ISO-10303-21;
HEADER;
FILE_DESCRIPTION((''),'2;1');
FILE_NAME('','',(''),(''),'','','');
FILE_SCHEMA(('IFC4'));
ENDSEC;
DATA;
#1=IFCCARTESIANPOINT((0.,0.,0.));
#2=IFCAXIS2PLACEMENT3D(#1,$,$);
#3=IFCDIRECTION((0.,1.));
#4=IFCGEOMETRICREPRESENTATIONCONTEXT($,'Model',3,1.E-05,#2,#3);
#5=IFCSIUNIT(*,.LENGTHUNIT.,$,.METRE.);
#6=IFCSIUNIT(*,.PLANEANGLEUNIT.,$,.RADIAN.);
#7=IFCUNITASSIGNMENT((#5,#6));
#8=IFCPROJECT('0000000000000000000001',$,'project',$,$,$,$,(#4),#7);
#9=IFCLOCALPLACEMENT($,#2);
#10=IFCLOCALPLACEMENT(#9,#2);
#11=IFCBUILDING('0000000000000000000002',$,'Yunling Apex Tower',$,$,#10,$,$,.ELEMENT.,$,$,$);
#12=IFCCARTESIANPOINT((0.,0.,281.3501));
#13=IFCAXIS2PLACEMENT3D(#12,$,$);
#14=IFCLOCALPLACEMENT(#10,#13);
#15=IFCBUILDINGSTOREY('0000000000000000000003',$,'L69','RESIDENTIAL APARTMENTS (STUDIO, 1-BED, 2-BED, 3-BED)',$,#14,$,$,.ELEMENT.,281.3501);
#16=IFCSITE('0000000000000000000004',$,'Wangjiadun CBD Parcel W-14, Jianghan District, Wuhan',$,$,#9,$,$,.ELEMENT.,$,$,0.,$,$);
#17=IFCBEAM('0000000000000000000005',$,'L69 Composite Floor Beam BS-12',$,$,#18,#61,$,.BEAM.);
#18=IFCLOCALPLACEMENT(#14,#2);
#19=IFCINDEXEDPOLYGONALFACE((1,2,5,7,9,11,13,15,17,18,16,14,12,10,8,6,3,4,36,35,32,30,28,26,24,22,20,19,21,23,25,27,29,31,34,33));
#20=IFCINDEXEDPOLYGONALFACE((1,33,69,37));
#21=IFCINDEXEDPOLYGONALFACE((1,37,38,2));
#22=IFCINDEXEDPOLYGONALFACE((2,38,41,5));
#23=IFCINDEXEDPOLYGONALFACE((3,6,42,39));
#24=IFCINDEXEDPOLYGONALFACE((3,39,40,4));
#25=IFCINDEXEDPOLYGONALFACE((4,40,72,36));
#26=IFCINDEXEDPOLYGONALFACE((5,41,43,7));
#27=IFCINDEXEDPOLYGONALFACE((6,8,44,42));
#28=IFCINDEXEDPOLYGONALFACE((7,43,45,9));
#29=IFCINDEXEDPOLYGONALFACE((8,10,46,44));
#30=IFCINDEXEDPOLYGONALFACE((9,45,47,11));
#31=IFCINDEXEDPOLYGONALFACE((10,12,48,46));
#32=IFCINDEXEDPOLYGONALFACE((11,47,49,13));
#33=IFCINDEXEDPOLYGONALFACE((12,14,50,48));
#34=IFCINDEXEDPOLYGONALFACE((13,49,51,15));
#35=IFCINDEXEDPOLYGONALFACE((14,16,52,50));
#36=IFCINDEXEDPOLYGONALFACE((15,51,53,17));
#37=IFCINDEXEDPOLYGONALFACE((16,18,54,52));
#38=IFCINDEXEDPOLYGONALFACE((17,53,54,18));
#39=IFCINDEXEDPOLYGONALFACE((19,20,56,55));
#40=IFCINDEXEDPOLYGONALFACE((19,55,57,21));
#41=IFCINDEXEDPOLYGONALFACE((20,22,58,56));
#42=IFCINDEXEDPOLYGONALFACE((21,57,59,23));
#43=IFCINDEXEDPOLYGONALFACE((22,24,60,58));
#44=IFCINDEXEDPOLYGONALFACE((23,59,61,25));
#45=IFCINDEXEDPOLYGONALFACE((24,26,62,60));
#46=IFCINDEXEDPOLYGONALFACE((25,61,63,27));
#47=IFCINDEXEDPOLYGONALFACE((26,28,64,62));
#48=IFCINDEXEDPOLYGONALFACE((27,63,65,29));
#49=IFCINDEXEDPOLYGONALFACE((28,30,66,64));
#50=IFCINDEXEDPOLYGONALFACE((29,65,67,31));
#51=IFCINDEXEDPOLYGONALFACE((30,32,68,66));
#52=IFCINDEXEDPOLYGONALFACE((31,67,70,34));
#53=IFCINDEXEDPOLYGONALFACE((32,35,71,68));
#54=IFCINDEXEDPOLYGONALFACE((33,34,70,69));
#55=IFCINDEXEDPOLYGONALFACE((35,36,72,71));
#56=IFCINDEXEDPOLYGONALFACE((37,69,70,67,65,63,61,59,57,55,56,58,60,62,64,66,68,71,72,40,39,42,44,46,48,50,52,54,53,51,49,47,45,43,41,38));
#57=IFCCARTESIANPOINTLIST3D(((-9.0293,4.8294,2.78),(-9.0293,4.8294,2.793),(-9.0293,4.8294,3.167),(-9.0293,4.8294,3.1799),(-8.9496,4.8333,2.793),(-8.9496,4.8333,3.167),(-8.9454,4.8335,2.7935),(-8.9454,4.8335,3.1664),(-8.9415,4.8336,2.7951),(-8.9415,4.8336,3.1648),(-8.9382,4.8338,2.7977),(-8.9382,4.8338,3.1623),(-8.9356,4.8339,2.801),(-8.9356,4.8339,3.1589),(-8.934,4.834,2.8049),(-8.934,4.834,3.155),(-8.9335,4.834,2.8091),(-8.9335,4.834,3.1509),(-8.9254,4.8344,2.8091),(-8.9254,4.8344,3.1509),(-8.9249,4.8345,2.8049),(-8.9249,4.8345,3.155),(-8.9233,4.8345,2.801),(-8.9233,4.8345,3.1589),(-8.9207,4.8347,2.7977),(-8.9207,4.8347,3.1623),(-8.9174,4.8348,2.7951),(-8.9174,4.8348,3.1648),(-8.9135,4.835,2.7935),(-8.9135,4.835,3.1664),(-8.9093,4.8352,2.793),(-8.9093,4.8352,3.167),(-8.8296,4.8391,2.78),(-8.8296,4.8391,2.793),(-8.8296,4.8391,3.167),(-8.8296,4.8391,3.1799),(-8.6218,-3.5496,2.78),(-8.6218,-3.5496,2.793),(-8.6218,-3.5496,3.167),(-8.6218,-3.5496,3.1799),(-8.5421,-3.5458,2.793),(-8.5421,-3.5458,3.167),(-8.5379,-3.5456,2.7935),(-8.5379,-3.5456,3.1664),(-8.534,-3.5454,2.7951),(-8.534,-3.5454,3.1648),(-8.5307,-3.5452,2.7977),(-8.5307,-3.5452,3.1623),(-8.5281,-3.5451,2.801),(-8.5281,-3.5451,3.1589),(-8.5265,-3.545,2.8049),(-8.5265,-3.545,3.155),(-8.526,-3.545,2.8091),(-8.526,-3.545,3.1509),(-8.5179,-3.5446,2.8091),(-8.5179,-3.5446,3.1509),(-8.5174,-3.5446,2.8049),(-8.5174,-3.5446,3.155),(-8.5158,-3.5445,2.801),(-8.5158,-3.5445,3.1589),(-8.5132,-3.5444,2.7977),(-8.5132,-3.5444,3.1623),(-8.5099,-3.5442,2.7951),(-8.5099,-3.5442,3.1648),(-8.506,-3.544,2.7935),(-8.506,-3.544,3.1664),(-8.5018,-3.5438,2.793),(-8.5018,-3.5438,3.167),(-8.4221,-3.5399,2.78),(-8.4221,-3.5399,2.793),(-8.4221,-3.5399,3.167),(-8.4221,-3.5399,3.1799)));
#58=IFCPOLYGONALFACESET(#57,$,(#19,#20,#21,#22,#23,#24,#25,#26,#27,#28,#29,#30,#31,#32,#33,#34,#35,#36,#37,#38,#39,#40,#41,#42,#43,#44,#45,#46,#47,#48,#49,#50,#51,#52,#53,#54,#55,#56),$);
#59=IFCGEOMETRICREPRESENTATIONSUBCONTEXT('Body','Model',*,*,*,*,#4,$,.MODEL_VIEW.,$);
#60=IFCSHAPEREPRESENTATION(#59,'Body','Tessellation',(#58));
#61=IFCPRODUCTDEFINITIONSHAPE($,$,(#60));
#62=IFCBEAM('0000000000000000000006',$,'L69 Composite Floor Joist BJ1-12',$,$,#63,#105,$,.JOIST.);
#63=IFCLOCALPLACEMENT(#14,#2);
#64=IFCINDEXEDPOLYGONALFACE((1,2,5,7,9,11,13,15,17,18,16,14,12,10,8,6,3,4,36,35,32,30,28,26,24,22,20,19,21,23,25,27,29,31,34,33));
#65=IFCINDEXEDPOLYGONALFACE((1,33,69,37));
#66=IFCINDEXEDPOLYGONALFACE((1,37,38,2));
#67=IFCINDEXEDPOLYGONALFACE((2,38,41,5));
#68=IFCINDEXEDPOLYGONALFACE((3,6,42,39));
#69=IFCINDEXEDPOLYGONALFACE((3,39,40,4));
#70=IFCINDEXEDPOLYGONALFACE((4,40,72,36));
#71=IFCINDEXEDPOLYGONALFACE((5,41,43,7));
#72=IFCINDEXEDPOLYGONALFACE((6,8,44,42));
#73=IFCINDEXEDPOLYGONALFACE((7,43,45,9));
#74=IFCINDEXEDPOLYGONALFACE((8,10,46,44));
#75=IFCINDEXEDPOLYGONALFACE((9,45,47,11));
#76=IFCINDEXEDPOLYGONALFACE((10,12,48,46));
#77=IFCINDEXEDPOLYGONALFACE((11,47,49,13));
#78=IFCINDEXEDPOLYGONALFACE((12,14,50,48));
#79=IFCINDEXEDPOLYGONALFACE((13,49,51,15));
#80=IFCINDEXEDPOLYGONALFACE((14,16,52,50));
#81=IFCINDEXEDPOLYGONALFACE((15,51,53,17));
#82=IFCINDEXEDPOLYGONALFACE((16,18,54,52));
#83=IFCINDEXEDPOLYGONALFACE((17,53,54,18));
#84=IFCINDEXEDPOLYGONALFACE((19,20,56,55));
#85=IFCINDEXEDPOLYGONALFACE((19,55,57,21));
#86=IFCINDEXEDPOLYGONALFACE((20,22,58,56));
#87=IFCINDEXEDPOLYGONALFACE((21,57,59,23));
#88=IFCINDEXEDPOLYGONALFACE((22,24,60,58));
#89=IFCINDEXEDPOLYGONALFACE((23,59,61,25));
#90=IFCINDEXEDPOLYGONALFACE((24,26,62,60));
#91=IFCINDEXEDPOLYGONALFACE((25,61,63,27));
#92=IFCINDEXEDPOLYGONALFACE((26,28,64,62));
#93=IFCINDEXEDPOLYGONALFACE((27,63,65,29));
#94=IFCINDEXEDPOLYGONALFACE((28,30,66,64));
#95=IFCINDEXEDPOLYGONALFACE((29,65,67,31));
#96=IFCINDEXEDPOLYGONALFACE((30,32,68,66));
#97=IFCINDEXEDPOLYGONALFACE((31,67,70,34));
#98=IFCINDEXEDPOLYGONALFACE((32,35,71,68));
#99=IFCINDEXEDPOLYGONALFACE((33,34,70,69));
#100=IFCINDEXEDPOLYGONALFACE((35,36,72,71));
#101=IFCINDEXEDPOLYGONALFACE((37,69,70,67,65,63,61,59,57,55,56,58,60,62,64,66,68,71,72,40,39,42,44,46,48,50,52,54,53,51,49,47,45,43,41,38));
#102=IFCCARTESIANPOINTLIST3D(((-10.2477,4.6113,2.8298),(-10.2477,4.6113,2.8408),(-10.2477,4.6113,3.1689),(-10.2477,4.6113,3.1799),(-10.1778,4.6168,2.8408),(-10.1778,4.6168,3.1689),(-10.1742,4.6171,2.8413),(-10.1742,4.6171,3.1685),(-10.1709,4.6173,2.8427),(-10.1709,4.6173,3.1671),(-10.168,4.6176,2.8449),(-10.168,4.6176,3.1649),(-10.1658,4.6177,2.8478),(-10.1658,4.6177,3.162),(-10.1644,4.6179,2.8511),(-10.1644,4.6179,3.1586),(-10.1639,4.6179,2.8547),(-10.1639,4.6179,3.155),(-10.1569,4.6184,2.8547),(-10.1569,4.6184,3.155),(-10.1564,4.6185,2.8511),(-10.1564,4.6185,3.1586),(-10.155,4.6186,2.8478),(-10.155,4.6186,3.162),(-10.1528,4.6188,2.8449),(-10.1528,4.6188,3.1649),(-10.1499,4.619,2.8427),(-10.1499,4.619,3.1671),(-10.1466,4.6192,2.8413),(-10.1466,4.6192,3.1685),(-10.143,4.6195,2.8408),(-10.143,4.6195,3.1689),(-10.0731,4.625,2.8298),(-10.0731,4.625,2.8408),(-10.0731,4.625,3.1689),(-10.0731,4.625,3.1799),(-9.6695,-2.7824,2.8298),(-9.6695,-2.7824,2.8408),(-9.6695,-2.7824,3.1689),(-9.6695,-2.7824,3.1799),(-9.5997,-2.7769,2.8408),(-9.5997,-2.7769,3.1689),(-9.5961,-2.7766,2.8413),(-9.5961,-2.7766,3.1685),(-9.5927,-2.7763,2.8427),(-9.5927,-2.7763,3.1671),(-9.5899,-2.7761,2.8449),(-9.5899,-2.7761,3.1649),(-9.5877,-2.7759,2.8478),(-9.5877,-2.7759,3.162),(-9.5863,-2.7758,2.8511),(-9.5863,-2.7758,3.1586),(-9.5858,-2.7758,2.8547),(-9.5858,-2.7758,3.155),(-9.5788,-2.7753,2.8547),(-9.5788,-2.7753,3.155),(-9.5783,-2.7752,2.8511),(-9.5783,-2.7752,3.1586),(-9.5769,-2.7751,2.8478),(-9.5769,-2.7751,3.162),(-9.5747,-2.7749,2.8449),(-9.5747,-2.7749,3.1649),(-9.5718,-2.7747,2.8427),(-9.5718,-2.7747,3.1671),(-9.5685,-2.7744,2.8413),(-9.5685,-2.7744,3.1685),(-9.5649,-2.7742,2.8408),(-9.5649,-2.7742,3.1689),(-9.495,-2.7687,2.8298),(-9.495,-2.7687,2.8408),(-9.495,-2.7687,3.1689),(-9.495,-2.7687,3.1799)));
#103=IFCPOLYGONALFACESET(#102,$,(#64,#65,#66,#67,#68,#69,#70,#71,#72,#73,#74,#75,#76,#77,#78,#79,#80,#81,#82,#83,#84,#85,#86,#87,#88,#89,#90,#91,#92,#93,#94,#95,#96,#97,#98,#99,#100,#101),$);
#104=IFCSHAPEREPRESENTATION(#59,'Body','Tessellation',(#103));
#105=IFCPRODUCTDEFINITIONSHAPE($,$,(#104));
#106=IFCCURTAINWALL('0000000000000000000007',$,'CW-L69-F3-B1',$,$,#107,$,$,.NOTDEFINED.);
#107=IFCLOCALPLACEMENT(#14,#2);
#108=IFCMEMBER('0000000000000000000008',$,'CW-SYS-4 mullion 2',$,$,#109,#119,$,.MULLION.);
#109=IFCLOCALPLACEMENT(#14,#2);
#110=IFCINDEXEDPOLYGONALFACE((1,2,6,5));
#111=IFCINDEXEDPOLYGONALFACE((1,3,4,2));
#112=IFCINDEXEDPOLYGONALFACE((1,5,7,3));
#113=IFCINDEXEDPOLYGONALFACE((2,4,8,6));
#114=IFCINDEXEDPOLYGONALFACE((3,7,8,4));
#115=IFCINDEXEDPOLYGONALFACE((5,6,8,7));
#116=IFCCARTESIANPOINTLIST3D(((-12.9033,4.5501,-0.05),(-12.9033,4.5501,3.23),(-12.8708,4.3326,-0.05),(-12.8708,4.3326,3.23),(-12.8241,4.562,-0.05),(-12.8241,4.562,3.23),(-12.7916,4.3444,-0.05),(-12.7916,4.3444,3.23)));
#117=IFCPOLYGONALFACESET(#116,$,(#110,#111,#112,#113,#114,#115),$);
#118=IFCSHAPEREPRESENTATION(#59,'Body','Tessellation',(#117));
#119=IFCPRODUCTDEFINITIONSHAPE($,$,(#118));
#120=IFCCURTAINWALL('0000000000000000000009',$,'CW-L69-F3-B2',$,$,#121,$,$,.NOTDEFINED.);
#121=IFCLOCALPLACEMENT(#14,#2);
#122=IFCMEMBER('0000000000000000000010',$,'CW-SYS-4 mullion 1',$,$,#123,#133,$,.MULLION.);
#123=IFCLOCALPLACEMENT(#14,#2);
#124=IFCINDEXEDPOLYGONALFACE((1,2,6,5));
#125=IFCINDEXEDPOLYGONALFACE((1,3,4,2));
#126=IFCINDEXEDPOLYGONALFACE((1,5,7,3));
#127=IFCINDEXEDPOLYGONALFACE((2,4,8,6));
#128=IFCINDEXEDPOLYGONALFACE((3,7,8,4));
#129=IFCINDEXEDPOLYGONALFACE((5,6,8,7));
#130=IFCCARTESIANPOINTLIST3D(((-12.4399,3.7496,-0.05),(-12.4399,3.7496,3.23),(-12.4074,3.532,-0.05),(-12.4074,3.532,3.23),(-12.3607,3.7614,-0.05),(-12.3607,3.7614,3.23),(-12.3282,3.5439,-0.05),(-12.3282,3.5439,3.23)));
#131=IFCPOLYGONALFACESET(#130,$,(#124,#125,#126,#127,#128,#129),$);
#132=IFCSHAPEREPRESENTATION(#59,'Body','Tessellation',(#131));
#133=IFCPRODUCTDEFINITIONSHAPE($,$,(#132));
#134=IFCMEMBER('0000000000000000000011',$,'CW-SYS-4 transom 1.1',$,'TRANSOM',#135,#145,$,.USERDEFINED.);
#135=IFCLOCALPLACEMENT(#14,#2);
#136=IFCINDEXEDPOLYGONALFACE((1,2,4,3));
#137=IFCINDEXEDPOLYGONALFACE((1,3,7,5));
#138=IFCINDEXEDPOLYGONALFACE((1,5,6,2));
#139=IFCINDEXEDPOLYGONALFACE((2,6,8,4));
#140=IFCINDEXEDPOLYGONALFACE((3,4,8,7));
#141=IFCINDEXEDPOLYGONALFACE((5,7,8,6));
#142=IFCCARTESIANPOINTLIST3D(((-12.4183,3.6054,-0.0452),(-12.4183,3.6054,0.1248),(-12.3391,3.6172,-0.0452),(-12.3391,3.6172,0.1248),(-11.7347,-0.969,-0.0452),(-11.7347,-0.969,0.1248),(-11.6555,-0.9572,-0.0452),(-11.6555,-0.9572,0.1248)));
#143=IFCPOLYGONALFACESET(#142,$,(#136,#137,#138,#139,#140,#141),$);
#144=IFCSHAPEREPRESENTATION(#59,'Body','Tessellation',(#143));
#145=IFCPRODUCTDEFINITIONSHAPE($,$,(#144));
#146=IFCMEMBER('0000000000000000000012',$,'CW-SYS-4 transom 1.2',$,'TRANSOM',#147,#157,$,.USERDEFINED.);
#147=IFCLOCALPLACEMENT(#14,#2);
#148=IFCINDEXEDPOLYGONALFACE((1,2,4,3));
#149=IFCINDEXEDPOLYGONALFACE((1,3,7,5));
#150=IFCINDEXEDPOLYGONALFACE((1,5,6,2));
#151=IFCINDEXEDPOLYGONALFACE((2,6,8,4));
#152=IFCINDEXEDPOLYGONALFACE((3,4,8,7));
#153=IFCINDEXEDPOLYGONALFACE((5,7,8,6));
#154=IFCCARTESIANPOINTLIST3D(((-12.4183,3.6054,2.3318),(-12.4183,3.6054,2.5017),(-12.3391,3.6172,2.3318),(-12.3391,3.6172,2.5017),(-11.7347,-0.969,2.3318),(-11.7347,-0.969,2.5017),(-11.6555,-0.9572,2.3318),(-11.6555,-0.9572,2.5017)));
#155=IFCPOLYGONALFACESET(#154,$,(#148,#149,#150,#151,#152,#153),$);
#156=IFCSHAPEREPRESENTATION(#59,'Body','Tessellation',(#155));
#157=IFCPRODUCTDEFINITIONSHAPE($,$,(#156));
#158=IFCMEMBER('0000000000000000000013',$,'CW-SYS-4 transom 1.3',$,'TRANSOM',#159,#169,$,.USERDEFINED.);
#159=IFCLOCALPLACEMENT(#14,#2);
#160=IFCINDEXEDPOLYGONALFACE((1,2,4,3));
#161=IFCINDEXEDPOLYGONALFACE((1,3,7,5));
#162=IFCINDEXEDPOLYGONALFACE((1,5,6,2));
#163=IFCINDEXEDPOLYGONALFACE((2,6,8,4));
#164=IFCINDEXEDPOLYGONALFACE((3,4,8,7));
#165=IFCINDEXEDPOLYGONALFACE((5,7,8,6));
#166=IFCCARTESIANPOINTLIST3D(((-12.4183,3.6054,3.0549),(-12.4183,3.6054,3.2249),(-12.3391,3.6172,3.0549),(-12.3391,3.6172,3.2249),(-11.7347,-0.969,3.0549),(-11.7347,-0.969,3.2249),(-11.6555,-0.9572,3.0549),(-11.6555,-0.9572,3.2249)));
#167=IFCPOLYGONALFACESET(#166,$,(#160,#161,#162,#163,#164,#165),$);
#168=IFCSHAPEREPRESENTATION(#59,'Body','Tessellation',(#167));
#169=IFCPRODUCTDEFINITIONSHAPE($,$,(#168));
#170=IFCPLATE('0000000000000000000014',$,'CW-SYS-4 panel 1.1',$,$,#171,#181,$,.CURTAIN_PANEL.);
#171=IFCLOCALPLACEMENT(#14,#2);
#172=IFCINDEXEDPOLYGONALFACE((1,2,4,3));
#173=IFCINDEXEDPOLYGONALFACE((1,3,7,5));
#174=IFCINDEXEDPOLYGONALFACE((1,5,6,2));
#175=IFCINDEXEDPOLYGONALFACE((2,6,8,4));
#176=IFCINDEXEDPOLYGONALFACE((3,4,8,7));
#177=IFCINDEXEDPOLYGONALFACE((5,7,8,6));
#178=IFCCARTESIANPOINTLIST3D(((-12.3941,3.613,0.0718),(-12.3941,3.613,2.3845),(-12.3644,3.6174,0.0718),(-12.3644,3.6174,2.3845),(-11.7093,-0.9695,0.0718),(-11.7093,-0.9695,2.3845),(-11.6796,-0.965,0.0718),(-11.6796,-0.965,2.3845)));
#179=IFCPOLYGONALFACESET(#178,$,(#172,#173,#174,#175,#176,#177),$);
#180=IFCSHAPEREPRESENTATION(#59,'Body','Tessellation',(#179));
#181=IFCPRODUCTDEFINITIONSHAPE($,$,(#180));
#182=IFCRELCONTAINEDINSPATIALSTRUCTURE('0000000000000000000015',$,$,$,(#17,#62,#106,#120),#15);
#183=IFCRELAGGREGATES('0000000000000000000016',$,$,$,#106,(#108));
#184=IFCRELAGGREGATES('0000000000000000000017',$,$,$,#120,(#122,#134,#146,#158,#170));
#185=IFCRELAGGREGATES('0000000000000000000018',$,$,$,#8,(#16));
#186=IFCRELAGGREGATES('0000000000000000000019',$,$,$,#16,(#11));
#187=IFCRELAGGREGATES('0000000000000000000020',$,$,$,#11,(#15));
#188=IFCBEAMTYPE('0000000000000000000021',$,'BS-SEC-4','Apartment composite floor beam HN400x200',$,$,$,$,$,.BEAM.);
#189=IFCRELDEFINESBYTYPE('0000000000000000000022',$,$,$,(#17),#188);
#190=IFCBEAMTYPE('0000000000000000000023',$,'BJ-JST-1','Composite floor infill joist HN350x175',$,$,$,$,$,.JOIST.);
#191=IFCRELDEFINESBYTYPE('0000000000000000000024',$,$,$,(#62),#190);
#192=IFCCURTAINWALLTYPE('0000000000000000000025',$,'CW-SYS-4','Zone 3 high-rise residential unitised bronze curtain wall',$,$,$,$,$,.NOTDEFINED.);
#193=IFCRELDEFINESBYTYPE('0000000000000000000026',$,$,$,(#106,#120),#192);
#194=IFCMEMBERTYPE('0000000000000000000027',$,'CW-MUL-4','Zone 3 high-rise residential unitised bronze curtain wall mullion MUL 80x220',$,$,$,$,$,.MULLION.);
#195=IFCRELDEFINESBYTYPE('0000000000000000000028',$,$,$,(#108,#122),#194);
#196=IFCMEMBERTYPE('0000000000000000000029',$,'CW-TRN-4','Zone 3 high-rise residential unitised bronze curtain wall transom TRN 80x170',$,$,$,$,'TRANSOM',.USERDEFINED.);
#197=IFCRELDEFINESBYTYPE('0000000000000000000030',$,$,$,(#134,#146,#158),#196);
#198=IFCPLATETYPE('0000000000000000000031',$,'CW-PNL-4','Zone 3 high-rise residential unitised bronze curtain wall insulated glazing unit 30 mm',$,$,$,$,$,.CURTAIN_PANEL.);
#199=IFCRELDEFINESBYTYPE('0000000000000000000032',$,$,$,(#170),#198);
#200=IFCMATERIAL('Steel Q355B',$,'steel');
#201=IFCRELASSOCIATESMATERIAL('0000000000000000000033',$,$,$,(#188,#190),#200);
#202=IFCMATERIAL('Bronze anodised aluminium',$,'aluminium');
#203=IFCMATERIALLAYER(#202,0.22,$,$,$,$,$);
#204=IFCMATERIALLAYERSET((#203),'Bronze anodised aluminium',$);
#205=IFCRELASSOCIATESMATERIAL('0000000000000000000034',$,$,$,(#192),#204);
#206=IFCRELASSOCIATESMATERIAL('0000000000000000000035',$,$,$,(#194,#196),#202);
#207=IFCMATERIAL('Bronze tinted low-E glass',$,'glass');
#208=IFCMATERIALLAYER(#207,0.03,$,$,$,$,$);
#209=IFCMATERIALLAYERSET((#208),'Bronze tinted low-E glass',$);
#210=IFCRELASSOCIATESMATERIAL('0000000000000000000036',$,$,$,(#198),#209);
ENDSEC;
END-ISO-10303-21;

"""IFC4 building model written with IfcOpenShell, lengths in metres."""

from ifc_helpers import new_model, si_unit, direction, frame, origin, origin_2d, place, context, subcontext, project, spatial, rectangle, i_section, extrude, source, transform, mapped, material, layer, layer_set, material_profile, profile_set, type_object, element, aggregate, save


model = new_model("IFC4")

# Units and contexts
model_context = context("Model", 3, precision=1e-05, world=origin(), true_north=direction((0.0, 1.0)))
body_context = subcontext(model_context, "Body", "Model", "MODEL_VIEW")
ifc_project = project(units=[si_unit("LENGTHUNIT", "METRE"), si_unit("PLANEANGLEUNIT", "RADIAN")], contexts=[model_context])

# Site, building, storey
site_placement = place(None, origin())
site = spatial("IfcSite", under=ifc_project, at=site_placement, Name="Wangjiadun CBD Parcel W-14, Jianghan District, Wuhan", CompositionType="ELEMENT", RefElevation=0.0)
building_placement = place(site_placement, origin())
building = spatial("IfcBuilding", under=site, at=building_placement, Name="Yunling Apex Tower", CompositionType="ELEMENT")
storey_placement = place(building_placement, frame((0.0, 0.0, 281.3501)))
storey = spatial("IfcBuildingStorey", under=building, at=storey_placement, Name="L69", Description="RESIDENTIAL APARTMENTS (STUDIO, 1-BED, 2-BED, 3-BED)", CompositionType="ELEMENT", Elevation=281.3501)

# Shared definitions
ifc_material_1 = material(Name="Steel Q355B", Category="steel")

# Beams
ifc_material_profile_1 = material_profile(ifc_material_1, i_section(OverallWidth=0.2, OverallDepth=0.3999, WebThickness=0.0081, FlangeThickness=0.0129, FilletRadius=0.0161, at=origin_2d()))
ifc_profile_set_1 = profile_set([ifc_material_profile_1], Name="Steel Q355B")
beam_type_1 = type_object("IfcBeamType", Name="BS-SEC-4", Description="Apartment composite floor beam HN400x200", PredefinedType="BEAM", material=ifc_profile_set_1)
shared_shape_1 = source(origin(), body_context, "Body", "SweptSolid", [
    extrude(i_section(OverallWidth=0.2, OverallDepth=0.3999, WebThickness=0.0081, FlangeThickness=0.0129, FilletRadius=0.0161, at=origin_2d()), origin(), (0.0, 0.0, 1.0), 8.3889),
])
beam_1_placement = place(storey_placement, frame((-8.9294, 4.8342, 2.98), z_axis=(0.048573, -0.99882, 0.0), x_axis=(0.99882, 0.048573, 0.0)))
element("IfcBeam", 1, at=beam_1_placement, inside=storey, type_object=beam_type_1, Name="L69 Composite Floor Beam BS-12", PredefinedType="BEAM", context=body_context, shape_type="MappedRepresentation", body=[
    mapped(shared_shape_1, transform((0.0, 0.0, 0.0), scale=1.0)),
])
ifc_material_profile_2 = material_profile(ifc_material_1, i_section(OverallWidth=0.175, OverallDepth=0.3501, WebThickness=0.0071, FlangeThickness=0.011, FilletRadius=0.0139, at=origin_2d()))
ifc_profile_set_2 = profile_set([ifc_material_profile_2], Name="Steel Q355B")
beam_type_2 = type_object("IfcBeamType", Name="BJ-JST-1", Description="Composite floor infill joist HN350x175", PredefinedType="JOIST", material=ifc_profile_set_2)
shared_shape_2 = source(origin(), body_context, "Body", "SweptSolid", [
    extrude(i_section(OverallWidth=0.175, OverallDepth=0.3501, WebThickness=0.0071, FlangeThickness=0.011, FilletRadius=0.0139, at=origin_2d()), origin(), (0.0, 0.0, 1.0), 7.4163),
])
beam_2_placement = place(storey_placement, frame((-10.1604, 4.6182, 3.0049), z_axis=(0.077953, -0.996957, 0.0), x_axis=(0.996957, 0.077953, 0.0)))
element("IfcBeam", 2, at=beam_2_placement, inside=storey, type_object=beam_type_2, Name="L69 Composite Floor Joist BJ1-12", PredefinedType="JOIST", context=body_context, shape_type="MappedRepresentation", body=[
    mapped(shared_shape_2, transform((0.0, 0.0, 0.0), scale=1.0)),
])

# Curtain wall, member
ifc_material_2 = material(Name="Bronze anodised aluminium", Category="aluminium")
ifc_layer_1 = layer(ifc_material_2, 0.22)
ifc_layer_set_1 = layer_set([ifc_layer_1], Name="Bronze anodised aluminium")
curtain_wall_type = type_object("IfcCurtainWallType", Name="CW-SYS-4", Description="Zone 3 high-rise residential unitised bronze curtain wall", PredefinedType="NOTDEFINED", material=ifc_layer_set_1)
curtain_wall_1_placement = place(storey_placement, origin())
curtain_wall_1 = element("IfcCurtainWall", 3, at=curtain_wall_1_placement, inside=storey, type_object=curtain_wall_type, Name="CW-L69-F3-B1", PredefinedType="NOTDEFINED")
ifc_material_profile_3 = material_profile(ifc_material_2, rectangle(XDim=0.0801, YDim=0.22, at=origin_2d()))
ifc_profile_set_3 = profile_set([ifc_material_profile_3], Name="Bronze anodised aluminium")
member_type_1 = type_object("IfcMemberType", Name="CW-MUL-4", Description="Zone 3 high-rise residential unitised bronze curtain wall mullion MUL 80x220", PredefinedType="MULLION", material=ifc_profile_set_3)
shared_shape_3 = source(origin(), body_context, "Body", "SweptSolid", [
    extrude(rectangle(XDim=0.0801, YDim=0.22, at=origin_2d()), origin(), (0.0, 0.0, 1.0), 3.28),
])
member_1_placement = place(storey_placement, frame((-12.8474, 4.4473, -0.05), z_axis=(0.0, 0.0, 1.0), x_axis=(0.989016, 0.147807, 0.0)))
member_1 = element("IfcMember", 4, at=member_1_placement, type_object=member_type_1, Name="CW-SYS-4 mullion 2", PredefinedType="MULLION", context=body_context, shape_type="MappedRepresentation", body=[
    mapped(shared_shape_3, transform((0.0, 0.0, 0.0), scale=1.0)),
])
aggregate(curtain_wall_1, [member_1])

# Curtain wall, members, plate
curtain_wall_2_placement = place(storey_placement, origin())
curtain_wall_2 = element("IfcCurtainWall", 5, at=curtain_wall_2_placement, inside=storey, type_object=curtain_wall_type, Name="CW-L69-F3-B2", PredefinedType="NOTDEFINED")
member_2_placement = place(storey_placement, frame((-12.384, 3.6467, -0.05), z_axis=(0.0, 0.0, 1.0), x_axis=(0.989017, 0.147804, 0.0)))
member_2 = element("IfcMember", 6, at=member_2_placement, type_object=member_type_1, Name="CW-SYS-4 mullion 1", PredefinedType="MULLION", context=body_context, shape_type="MappedRepresentation", body=[
    mapped(shared_shape_3, transform((0.0, 0.0, 0.0), scale=1.0)),
])
ifc_material_profile_4 = material_profile(ifc_material_2, rectangle(XDim=0.0801, YDim=0.1699, at=origin_2d()))
ifc_profile_set_4 = profile_set([ifc_material_profile_4], Name="Bronze anodised aluminium")
member_type_2 = type_object("IfcMemberType", Name="CW-TRN-4", Description="Zone 3 high-rise residential unitised bronze curtain wall transom TRN 80x170", ElementType="TRANSOM", PredefinedType="USERDEFINED", material=ifc_profile_set_4)
shared_shape_4 = source(origin(), body_context, "Body", "SweptSolid", [
    extrude(rectangle(XDim=0.0801, YDim=0.1699, at=origin_2d()), origin(), (0.0, 0.0, 1.0), 4.6252),
])
member_3_placement = place(storey_placement, frame((-12.3787, 3.6113, 0.0398), z_axis=(0.147796, -0.989018, 0.0), x_axis=(0.989018, 0.147796, 0.0)))
member_3 = element("IfcMember", 7, at=member_3_placement, type_object=member_type_2, Name="CW-SYS-4 transom 1.1", ObjectType="TRANSOM", PredefinedType="USERDEFINED", context=body_context, shape_type="MappedRepresentation", body=[
    mapped(shared_shape_4, transform((0.0, 0.0, 0.0), scale=1.0)),
])
member_4_placement = place(storey_placement, frame((-12.3787, 3.6113, 2.4167), z_axis=(0.147796, -0.989018, 0.0), x_axis=(0.989018, 0.147796, 0.0)))
member_4 = element("IfcMember", 8, at=member_4_placement, type_object=member_type_2, Name="CW-SYS-4 transom 1.2", ObjectType="TRANSOM", PredefinedType="USERDEFINED", context=body_context, shape_type="MappedRepresentation", body=[
    mapped(shared_shape_4, transform((0.0, 0.0, 0.0), scale=1.0)),
])
member_5_placement = place(storey_placement, frame((-12.3787, 3.6113, 3.1399), z_axis=(0.147796, -0.989018, 0.0), x_axis=(0.989018, 0.147796, 0.0)))
member_5 = element("IfcMember", 9, at=member_5_placement, type_object=member_type_2, Name="CW-SYS-4 transom 1.3", ObjectType="TRANSOM", PredefinedType="USERDEFINED", context=body_context, shape_type="MappedRepresentation", body=[
    mapped(shared_shape_4, transform((0.0, 0.0, 0.0), scale=1.0)),
])
ifc_material_3 = material(Name="Bronze tinted low-E glass", Category="glass")
ifc_layer_2 = layer(ifc_material_3, 0.03)
ifc_layer_set_2 = layer_set([ifc_layer_2], Name="Bronze tinted low-E glass")
plate_type = type_object("IfcPlateType", Name="CW-PNL-4", Description="Zone 3 high-rise residential unitised bronze curtain wall insulated glazing unit 30 mm", PredefinedType="CURTAIN_PANEL", material=ifc_layer_set_2)
shared_shape_5 = source(origin(), body_context, "Body", "SweptSolid", [
    extrude(rectangle(XDim=4.6333, YDim=0.03, at=origin_2d()), origin(), (0.0, 0.0, 1.0), 2.3127),
])
plate_1_placement = place(storey_placement, frame((-12.0369, 1.324, 0.0718), z_axis=(0.0, 0.0, 1.0), x_axis=(0.147804, -0.989017, 0.0)))
plate_1 = element("IfcPlate", 10, at=plate_1_placement, type_object=plate_type, Name="CW-SYS-4 panel 1.1", PredefinedType="CURTAIN_PANEL", context=body_context, shape_type="MappedRepresentation", body=[
    mapped(shared_shape_5, transform((0.0, 0.0, 0.0), scale=1.0)),
])
aggregate(curtain_wall_2, [member_2, member_3, member_4, member_5, plate_1])

save(model, "model.ifc")
